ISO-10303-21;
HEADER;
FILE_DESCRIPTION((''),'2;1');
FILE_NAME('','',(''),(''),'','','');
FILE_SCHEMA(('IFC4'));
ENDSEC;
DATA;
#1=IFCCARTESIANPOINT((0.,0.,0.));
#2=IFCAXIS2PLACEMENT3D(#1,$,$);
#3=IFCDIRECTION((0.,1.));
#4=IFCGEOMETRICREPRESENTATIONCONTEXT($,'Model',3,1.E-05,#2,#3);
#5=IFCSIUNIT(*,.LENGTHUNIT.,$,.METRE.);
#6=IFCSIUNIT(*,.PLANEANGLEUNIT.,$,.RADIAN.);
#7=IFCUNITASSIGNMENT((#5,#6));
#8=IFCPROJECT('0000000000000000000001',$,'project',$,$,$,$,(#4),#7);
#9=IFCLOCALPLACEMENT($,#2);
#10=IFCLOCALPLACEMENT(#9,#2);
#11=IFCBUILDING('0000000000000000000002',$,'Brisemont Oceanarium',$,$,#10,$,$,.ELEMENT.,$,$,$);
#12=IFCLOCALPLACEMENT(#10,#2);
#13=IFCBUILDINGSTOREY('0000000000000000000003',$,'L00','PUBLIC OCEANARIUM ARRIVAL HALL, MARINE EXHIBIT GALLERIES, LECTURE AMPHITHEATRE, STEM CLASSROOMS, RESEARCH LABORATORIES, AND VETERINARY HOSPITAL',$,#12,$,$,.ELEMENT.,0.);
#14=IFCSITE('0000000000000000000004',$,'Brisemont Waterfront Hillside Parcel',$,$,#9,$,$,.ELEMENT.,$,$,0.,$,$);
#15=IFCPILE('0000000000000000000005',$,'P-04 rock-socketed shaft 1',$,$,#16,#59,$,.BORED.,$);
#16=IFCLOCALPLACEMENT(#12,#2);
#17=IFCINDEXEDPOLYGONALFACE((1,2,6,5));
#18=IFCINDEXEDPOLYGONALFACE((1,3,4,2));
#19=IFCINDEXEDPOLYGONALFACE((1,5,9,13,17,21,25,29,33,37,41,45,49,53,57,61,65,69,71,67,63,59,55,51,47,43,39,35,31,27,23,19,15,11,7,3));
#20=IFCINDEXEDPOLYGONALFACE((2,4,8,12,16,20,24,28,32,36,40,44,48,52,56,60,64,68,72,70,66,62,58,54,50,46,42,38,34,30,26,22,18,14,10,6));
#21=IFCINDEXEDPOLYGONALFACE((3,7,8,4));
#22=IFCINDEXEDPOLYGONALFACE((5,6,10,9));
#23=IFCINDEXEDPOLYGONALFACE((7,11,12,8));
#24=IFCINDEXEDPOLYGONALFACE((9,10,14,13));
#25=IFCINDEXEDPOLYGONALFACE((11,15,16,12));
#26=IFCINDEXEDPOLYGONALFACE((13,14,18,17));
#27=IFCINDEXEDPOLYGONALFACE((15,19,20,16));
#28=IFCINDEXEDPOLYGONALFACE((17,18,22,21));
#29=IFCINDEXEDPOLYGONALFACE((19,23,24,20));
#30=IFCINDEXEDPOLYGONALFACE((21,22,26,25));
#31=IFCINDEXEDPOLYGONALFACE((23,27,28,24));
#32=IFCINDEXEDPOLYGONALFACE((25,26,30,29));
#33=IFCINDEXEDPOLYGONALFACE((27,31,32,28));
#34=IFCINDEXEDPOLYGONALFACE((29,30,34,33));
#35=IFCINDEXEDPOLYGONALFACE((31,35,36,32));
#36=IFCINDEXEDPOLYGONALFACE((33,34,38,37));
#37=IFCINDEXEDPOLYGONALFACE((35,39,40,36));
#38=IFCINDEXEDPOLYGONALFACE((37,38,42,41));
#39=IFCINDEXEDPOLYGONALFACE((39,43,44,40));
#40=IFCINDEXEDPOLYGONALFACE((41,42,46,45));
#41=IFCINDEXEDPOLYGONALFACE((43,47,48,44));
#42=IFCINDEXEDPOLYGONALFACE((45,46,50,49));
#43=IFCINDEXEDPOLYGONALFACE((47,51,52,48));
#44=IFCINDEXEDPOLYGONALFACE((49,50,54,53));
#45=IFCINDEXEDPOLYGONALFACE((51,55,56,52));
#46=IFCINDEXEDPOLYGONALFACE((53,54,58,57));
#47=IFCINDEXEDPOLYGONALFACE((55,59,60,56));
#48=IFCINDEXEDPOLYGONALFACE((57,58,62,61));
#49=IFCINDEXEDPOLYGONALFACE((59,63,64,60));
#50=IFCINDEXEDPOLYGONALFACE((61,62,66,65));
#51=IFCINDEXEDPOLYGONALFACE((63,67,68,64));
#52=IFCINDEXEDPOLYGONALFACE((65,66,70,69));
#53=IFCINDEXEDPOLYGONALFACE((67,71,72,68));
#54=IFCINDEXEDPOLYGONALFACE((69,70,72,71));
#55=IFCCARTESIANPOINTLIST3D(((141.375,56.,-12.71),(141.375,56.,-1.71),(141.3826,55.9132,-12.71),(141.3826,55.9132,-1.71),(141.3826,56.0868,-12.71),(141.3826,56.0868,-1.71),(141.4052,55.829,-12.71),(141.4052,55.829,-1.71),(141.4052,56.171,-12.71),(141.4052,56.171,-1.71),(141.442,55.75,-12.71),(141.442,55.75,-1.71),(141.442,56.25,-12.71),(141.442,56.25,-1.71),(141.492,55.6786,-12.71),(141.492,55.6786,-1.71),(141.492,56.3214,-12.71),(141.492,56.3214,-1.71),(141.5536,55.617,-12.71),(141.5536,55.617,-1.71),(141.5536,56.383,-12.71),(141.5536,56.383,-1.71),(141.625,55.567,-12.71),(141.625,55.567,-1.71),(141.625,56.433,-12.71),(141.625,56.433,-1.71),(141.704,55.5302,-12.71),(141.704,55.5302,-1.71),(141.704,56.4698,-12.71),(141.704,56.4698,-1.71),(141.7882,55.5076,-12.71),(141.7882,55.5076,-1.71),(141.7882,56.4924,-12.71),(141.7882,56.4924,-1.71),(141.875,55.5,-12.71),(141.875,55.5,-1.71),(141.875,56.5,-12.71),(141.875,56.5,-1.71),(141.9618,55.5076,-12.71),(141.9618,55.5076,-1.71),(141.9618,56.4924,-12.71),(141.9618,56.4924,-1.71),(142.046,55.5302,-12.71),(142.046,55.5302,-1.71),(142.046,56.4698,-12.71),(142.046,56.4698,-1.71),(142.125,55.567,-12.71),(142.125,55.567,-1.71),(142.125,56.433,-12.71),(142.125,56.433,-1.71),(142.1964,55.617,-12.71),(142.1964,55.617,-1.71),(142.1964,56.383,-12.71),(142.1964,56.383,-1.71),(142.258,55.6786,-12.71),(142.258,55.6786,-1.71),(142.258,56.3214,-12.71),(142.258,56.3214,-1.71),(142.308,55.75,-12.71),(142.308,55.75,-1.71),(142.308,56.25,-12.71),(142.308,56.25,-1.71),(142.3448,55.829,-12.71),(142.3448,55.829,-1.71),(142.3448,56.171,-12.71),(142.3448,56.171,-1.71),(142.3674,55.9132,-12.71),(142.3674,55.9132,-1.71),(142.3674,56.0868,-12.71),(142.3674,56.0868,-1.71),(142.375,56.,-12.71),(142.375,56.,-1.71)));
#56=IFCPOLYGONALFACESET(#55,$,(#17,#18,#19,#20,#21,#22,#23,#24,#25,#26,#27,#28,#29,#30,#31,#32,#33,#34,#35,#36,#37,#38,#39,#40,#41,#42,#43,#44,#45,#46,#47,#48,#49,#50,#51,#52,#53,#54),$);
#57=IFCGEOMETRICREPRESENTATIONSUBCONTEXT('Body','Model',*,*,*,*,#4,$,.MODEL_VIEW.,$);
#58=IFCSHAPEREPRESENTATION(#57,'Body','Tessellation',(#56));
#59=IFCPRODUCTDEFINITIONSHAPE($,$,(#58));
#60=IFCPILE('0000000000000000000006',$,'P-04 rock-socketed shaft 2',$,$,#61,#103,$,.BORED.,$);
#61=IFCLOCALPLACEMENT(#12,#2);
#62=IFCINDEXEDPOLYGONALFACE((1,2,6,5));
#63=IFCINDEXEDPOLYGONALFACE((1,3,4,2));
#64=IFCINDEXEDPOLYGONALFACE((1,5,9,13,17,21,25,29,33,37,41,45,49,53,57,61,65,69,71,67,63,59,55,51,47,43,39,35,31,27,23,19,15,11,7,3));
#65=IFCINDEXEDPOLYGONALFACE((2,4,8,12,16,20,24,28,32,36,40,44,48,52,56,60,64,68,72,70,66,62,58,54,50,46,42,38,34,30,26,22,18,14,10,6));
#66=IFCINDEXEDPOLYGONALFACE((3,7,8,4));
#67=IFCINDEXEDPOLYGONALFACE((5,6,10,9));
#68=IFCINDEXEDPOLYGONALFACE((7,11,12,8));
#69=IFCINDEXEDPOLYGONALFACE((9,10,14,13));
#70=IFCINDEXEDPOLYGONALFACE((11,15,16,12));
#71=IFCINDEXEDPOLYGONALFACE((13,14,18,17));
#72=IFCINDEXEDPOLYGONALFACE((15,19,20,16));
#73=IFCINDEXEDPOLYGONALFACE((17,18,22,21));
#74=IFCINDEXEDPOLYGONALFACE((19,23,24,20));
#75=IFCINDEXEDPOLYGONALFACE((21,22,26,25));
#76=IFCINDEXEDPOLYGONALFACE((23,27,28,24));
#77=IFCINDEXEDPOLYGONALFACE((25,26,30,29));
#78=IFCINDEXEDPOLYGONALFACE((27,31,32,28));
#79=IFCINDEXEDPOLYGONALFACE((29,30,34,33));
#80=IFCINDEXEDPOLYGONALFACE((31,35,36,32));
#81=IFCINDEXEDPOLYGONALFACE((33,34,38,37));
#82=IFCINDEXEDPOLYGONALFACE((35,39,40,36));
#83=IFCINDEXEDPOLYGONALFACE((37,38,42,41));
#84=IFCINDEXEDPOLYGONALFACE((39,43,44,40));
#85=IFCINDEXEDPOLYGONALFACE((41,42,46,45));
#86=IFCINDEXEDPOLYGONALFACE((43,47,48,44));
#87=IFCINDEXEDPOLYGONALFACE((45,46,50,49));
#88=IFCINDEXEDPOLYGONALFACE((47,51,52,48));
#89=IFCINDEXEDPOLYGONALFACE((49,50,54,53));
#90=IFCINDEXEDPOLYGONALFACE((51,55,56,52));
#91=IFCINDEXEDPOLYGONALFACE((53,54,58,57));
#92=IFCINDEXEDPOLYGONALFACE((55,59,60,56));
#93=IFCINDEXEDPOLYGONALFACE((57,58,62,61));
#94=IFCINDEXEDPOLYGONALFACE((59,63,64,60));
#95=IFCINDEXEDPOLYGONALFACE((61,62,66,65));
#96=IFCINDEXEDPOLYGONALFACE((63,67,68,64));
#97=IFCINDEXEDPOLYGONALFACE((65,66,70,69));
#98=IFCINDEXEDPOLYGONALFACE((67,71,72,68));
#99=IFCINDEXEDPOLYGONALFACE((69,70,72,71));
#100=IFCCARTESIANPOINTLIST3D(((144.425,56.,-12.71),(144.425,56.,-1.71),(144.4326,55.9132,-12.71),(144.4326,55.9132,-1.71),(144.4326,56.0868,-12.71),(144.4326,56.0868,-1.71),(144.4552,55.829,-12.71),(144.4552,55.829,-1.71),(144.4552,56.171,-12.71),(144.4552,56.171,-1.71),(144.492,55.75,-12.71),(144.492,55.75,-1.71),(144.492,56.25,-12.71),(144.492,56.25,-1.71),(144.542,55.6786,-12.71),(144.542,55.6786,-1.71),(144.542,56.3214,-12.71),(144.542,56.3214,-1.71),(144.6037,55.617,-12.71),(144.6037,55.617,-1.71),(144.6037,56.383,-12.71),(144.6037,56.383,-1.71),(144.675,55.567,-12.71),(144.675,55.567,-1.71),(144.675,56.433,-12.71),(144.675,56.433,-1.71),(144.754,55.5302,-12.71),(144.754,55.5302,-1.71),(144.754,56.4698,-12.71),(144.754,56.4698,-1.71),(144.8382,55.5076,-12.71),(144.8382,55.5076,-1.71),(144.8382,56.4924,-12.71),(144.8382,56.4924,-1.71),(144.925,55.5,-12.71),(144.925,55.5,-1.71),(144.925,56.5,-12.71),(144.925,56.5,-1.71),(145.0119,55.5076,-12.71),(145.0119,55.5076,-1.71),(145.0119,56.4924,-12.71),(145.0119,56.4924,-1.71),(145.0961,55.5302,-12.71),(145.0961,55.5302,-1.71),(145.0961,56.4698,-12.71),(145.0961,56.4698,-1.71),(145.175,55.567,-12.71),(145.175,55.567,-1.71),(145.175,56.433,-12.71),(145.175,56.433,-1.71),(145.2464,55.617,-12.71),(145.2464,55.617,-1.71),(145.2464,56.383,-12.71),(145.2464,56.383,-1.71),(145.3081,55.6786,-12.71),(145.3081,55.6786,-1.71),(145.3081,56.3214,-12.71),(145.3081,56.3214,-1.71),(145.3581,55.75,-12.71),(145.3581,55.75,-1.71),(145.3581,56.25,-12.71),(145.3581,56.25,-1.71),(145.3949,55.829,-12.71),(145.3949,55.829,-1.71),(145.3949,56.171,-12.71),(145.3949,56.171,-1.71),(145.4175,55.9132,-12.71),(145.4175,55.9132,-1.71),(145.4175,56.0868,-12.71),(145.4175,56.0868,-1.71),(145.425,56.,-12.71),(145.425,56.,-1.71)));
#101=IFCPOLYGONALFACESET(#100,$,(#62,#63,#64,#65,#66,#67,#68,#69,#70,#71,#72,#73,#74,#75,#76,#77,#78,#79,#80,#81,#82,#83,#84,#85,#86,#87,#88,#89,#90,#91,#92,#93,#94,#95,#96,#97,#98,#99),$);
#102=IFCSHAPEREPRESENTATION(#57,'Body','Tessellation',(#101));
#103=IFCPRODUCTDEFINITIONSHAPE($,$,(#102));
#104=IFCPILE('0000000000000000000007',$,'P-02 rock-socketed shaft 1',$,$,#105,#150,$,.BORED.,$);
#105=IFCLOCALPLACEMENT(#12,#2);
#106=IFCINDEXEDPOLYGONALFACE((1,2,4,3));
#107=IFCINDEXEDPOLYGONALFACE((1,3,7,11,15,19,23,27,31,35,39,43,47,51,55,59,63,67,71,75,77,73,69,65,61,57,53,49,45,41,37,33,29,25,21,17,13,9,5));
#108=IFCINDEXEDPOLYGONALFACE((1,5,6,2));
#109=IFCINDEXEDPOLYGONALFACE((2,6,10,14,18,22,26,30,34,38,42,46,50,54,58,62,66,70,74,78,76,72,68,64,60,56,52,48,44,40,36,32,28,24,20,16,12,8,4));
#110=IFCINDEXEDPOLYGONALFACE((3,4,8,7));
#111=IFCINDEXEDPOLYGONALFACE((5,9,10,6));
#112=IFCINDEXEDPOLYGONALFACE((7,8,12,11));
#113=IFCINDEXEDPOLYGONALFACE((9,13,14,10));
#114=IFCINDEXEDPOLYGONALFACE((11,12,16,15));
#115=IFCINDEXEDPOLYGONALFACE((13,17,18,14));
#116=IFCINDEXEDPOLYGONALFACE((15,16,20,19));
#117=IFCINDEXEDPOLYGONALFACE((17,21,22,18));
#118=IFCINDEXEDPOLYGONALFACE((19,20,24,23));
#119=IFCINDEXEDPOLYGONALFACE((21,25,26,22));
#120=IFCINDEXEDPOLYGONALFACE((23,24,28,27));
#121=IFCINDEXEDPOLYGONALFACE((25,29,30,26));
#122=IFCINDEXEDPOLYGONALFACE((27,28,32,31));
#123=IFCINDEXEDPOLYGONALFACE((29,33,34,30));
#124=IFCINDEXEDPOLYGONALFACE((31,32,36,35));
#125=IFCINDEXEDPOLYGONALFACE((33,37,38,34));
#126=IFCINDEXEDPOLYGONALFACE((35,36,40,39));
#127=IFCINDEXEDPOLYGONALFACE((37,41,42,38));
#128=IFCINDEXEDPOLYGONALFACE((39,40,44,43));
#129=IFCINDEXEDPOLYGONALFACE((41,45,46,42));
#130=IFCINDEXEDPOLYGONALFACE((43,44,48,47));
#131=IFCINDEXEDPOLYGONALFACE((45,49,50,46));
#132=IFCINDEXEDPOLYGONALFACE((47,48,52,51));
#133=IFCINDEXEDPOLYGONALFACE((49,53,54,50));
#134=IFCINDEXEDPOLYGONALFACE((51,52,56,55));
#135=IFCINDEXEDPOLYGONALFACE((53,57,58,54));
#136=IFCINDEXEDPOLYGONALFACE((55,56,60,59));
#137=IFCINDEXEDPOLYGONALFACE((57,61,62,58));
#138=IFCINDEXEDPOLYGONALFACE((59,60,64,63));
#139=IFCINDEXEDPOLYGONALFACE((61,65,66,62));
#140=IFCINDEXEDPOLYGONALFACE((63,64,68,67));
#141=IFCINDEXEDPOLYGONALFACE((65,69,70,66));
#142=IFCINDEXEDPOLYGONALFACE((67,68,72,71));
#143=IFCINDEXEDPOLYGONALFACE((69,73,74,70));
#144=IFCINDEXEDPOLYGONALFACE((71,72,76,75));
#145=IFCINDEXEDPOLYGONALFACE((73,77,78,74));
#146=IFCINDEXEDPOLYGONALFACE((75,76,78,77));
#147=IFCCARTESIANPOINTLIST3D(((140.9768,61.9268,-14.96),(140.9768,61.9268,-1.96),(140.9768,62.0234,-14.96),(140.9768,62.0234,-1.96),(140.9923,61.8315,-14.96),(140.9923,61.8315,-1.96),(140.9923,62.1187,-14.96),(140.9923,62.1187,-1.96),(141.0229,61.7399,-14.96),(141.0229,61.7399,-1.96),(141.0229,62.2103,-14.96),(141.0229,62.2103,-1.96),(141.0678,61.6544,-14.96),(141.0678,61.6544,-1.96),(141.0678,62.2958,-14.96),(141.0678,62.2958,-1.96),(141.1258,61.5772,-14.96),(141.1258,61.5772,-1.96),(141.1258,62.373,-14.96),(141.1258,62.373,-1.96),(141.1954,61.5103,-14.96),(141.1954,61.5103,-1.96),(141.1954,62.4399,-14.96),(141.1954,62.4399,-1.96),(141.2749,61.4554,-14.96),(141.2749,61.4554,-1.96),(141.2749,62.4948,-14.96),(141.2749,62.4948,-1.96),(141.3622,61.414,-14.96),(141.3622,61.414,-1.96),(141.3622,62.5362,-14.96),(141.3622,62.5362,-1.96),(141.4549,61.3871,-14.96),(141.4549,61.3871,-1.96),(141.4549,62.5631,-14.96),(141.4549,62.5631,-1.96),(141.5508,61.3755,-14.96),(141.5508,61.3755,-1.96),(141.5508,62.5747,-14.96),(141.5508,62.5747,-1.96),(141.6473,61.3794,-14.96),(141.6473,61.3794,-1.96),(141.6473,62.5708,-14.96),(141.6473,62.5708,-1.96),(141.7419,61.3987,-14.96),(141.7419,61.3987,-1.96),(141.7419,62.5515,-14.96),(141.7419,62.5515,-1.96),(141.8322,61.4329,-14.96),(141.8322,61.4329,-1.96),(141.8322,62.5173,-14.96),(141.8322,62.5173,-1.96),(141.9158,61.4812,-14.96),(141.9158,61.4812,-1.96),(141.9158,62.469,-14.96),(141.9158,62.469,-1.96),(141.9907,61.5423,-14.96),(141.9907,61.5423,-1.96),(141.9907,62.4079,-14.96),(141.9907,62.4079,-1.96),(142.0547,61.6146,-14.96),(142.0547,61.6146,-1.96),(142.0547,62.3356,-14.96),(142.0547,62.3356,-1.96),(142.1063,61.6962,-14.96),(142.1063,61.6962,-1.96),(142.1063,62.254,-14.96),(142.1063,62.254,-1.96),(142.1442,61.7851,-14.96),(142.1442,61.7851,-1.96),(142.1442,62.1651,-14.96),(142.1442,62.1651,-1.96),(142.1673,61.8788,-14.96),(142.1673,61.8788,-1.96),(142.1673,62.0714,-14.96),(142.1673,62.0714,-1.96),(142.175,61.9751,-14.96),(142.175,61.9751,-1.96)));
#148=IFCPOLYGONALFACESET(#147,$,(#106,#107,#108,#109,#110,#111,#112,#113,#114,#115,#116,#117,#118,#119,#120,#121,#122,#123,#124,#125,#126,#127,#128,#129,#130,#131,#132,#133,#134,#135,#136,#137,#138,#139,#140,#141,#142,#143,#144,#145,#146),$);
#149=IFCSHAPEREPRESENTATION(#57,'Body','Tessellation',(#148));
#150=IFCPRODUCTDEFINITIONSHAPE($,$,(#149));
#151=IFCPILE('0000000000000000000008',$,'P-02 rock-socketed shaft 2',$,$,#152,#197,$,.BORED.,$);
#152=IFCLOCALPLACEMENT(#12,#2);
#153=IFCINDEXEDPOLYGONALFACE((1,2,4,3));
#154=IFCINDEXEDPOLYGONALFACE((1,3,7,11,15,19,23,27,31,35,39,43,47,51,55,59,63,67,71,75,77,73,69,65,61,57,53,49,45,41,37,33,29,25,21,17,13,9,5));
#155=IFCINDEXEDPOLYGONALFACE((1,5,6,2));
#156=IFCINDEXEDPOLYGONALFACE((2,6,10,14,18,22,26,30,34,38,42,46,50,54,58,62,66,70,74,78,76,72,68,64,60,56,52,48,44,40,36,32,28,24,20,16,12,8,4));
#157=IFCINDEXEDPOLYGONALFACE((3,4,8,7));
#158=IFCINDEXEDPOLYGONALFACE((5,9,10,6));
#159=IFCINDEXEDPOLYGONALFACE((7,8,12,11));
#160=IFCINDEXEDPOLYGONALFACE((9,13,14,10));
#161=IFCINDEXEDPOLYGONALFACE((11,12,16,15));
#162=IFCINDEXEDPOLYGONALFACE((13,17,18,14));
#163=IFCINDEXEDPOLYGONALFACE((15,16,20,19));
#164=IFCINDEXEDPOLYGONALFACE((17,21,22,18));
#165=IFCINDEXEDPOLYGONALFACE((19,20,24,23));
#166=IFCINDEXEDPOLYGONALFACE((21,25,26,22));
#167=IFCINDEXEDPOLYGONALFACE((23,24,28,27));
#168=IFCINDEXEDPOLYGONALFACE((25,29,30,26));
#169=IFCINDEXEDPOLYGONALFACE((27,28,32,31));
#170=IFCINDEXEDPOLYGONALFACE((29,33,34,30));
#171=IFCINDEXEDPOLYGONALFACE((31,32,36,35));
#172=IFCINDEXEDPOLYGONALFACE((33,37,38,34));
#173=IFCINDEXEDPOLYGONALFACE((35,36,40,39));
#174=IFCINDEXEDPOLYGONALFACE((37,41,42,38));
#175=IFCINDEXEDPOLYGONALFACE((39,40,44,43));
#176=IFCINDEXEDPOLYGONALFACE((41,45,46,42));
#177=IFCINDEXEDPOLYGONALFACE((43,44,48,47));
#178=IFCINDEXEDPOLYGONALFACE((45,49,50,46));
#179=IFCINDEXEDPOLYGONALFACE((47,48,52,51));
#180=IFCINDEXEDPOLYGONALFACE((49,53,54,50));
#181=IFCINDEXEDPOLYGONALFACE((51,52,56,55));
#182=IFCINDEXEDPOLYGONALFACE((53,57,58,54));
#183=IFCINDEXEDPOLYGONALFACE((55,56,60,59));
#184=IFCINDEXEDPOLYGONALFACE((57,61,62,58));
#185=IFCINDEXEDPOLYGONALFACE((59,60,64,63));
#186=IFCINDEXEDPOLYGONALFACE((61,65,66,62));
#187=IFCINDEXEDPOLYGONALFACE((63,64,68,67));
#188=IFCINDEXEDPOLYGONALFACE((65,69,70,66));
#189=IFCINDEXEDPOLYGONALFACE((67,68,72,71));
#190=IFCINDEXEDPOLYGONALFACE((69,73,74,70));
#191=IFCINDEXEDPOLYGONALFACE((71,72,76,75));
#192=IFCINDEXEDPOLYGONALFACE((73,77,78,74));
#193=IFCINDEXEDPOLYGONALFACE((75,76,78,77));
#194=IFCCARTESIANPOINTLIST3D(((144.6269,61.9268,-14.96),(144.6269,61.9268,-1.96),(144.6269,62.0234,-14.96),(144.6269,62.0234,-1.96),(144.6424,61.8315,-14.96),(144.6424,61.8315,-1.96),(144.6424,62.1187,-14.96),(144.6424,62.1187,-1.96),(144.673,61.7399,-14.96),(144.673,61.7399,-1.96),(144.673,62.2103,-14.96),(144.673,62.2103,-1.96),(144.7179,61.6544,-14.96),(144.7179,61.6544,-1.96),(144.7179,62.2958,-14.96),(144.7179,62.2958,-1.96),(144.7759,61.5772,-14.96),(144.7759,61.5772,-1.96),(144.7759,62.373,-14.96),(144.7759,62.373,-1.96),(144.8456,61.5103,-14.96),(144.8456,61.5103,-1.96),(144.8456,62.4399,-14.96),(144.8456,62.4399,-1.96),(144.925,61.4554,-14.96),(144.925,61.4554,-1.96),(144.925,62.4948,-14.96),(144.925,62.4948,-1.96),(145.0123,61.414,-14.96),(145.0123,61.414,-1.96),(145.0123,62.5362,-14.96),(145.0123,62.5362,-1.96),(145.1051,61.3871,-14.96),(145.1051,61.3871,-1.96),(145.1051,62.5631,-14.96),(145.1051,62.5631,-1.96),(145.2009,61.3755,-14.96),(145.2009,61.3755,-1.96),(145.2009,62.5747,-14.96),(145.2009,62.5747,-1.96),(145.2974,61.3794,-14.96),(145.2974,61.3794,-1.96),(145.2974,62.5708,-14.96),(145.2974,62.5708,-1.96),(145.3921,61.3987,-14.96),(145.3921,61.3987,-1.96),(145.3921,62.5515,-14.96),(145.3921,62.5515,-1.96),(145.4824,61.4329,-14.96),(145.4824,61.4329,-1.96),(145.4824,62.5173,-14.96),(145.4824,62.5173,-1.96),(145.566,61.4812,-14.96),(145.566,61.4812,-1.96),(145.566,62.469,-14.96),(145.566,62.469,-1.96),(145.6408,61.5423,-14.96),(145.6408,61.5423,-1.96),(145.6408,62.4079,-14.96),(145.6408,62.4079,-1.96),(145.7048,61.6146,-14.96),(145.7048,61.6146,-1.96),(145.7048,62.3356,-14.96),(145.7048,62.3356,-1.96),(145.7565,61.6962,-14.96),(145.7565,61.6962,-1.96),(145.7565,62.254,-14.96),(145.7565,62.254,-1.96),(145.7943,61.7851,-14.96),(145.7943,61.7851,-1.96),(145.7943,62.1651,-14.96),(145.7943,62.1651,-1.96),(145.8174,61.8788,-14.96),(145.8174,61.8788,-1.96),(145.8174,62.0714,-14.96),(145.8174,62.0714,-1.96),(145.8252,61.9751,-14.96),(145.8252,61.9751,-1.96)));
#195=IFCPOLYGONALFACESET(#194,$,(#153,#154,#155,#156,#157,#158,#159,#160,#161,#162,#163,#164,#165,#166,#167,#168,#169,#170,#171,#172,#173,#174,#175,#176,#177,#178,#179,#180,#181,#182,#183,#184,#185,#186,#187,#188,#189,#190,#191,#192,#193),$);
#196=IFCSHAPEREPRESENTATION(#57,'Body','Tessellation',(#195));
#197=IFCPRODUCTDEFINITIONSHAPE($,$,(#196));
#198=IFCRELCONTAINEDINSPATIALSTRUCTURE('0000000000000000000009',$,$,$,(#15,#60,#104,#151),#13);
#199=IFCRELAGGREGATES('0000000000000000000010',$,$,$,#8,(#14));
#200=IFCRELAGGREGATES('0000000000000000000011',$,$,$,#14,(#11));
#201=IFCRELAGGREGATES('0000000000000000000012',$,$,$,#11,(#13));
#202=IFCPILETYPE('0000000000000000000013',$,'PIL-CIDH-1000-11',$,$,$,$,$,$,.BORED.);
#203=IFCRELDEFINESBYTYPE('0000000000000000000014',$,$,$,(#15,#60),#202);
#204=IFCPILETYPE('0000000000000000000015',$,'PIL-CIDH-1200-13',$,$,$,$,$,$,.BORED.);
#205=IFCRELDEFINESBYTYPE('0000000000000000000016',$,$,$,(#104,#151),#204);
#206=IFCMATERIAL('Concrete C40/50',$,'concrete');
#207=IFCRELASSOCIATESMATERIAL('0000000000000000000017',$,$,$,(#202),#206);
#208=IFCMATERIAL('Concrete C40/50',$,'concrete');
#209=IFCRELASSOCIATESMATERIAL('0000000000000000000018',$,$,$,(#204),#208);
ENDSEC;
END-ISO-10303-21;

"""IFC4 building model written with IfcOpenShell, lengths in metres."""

from ifc_helpers import new_model, si_unit, direction, frame, origin, origin_2d, place, context, subcontext, project, spatial, circle, extrude, material, material_profile, profile_set, type_object, element, save


model = new_model("IFC4")

# Units and contexts
model_context = context("Model", 3, precision=1e-05, world=origin(), true_north=direction((0.0, 1.0)))
body_context = subcontext(model_context, "Body", "Model", "MODEL_VIEW")
ifc_project = project(units=[si_unit("LENGTHUNIT", "METRE"), si_unit("PLANEANGLEUNIT", "RADIAN")], contexts=[model_context])

# Site, building, storey
site_placement = place(None, origin())
site = spatial("IfcSite", under=ifc_project, at=site_placement, Name="Brisemont Waterfront Hillside Parcel", CompositionType="ELEMENT", RefElevation=0.0)
building_placement = place(site_placement, origin())
building = spatial("IfcBuilding", under=site, at=building_placement, Name="Brisemont Oceanarium", CompositionType="ELEMENT")
storey_placement = place(building_placement, origin())
storey = spatial("IfcBuildingStorey", under=building, at=storey_placement, Name="L00", Description="PUBLIC OCEANARIUM ARRIVAL HALL, MARINE EXHIBIT GALLERIES, LECTURE AMPHITHEATRE, STEM CLASSROOMS, RESEARCH LABORATORIES, AND VETERINARY HOSPITAL", CompositionType="ELEMENT", Elevation=0.0)

# Piles
ifc_material_1 = material(Name="Concrete C40/50", Category="concrete")
ifc_material_profile_1 = material_profile(ifc_material_1, circle(Radius=0.5, at=origin_2d()), Name="CIDH-D1000")
ifc_profile_set_1 = profile_set([ifc_material_profile_1], Name="Concrete C40/50")
pile_type_1 = type_object("IfcPileType", Name="PIL-CIDH-1000-11", PredefinedType="BORED", material=ifc_profile_set_1)
for number, where, z_axis, x_axis, name in (
    (1, (141.875, 56.0, -1.71), (0.0, 0.0, -1.0), (1.0, 0.0, 0.0), "P-04 rock-socketed shaft 1"),
    (2, (144.925, 56.0, -1.71), (0.0, 0.0, -1.0), (1.0, 0.0, 0.0), "P-04 rock-socketed shaft 2"),
):
    element("IfcPile", number, at=place(storey_placement, frame(where, z_axis=z_axis, x_axis=x_axis)), inside=storey, type_object=pile_type_1, Name=name, PredefinedType="BORED", context=body_context, shape_type="SweptSolid", body=[
        extrude(circle(Radius=0.5, at=origin_2d()), origin(), (0.0, 0.0, 1.0), 11.0),
    ])
ifc_material_2 = material(Name="Concrete C40/50", Category="concrete")
ifc_material_profile_2 = material_profile(ifc_material_2, circle(Radius=0.6001, at=origin_2d()), Name="CIDH-D1200")
ifc_profile_set_2 = profile_set([ifc_material_profile_2], Name="Concrete C40/50")
pile_type_2 = type_object("IfcPileType", Name="PIL-CIDH-1200-13", PredefinedType="BORED", material=ifc_profile_set_2)
for number, where, z_axis, x_axis, name in (
    (3, (141.575, 61.9751, -1.96), (0.0, 0.0, -1.0), (1.0, 0.0, 0.0), "P-02 rock-socketed shaft 1"),
    (4, (145.2251, 61.9751, -1.96), (0.0, 0.0, -1.0), (1.0, 0.0, 0.0), "P-02 rock-socketed shaft 2"),
):
    element("IfcPile", number, at=place(storey_placement, frame(where, z_axis=z_axis, x_axis=x_axis)), inside=storey, type_object=pile_type_2, Name=name, PredefinedType="BORED", context=body_context, shape_type="SweptSolid", body=[
        extrude(circle(Radius=0.6001, at=origin_2d()), origin(), (0.0, 0.0, 1.0), 13.0),
    ])

save(model, "model.ifc")
